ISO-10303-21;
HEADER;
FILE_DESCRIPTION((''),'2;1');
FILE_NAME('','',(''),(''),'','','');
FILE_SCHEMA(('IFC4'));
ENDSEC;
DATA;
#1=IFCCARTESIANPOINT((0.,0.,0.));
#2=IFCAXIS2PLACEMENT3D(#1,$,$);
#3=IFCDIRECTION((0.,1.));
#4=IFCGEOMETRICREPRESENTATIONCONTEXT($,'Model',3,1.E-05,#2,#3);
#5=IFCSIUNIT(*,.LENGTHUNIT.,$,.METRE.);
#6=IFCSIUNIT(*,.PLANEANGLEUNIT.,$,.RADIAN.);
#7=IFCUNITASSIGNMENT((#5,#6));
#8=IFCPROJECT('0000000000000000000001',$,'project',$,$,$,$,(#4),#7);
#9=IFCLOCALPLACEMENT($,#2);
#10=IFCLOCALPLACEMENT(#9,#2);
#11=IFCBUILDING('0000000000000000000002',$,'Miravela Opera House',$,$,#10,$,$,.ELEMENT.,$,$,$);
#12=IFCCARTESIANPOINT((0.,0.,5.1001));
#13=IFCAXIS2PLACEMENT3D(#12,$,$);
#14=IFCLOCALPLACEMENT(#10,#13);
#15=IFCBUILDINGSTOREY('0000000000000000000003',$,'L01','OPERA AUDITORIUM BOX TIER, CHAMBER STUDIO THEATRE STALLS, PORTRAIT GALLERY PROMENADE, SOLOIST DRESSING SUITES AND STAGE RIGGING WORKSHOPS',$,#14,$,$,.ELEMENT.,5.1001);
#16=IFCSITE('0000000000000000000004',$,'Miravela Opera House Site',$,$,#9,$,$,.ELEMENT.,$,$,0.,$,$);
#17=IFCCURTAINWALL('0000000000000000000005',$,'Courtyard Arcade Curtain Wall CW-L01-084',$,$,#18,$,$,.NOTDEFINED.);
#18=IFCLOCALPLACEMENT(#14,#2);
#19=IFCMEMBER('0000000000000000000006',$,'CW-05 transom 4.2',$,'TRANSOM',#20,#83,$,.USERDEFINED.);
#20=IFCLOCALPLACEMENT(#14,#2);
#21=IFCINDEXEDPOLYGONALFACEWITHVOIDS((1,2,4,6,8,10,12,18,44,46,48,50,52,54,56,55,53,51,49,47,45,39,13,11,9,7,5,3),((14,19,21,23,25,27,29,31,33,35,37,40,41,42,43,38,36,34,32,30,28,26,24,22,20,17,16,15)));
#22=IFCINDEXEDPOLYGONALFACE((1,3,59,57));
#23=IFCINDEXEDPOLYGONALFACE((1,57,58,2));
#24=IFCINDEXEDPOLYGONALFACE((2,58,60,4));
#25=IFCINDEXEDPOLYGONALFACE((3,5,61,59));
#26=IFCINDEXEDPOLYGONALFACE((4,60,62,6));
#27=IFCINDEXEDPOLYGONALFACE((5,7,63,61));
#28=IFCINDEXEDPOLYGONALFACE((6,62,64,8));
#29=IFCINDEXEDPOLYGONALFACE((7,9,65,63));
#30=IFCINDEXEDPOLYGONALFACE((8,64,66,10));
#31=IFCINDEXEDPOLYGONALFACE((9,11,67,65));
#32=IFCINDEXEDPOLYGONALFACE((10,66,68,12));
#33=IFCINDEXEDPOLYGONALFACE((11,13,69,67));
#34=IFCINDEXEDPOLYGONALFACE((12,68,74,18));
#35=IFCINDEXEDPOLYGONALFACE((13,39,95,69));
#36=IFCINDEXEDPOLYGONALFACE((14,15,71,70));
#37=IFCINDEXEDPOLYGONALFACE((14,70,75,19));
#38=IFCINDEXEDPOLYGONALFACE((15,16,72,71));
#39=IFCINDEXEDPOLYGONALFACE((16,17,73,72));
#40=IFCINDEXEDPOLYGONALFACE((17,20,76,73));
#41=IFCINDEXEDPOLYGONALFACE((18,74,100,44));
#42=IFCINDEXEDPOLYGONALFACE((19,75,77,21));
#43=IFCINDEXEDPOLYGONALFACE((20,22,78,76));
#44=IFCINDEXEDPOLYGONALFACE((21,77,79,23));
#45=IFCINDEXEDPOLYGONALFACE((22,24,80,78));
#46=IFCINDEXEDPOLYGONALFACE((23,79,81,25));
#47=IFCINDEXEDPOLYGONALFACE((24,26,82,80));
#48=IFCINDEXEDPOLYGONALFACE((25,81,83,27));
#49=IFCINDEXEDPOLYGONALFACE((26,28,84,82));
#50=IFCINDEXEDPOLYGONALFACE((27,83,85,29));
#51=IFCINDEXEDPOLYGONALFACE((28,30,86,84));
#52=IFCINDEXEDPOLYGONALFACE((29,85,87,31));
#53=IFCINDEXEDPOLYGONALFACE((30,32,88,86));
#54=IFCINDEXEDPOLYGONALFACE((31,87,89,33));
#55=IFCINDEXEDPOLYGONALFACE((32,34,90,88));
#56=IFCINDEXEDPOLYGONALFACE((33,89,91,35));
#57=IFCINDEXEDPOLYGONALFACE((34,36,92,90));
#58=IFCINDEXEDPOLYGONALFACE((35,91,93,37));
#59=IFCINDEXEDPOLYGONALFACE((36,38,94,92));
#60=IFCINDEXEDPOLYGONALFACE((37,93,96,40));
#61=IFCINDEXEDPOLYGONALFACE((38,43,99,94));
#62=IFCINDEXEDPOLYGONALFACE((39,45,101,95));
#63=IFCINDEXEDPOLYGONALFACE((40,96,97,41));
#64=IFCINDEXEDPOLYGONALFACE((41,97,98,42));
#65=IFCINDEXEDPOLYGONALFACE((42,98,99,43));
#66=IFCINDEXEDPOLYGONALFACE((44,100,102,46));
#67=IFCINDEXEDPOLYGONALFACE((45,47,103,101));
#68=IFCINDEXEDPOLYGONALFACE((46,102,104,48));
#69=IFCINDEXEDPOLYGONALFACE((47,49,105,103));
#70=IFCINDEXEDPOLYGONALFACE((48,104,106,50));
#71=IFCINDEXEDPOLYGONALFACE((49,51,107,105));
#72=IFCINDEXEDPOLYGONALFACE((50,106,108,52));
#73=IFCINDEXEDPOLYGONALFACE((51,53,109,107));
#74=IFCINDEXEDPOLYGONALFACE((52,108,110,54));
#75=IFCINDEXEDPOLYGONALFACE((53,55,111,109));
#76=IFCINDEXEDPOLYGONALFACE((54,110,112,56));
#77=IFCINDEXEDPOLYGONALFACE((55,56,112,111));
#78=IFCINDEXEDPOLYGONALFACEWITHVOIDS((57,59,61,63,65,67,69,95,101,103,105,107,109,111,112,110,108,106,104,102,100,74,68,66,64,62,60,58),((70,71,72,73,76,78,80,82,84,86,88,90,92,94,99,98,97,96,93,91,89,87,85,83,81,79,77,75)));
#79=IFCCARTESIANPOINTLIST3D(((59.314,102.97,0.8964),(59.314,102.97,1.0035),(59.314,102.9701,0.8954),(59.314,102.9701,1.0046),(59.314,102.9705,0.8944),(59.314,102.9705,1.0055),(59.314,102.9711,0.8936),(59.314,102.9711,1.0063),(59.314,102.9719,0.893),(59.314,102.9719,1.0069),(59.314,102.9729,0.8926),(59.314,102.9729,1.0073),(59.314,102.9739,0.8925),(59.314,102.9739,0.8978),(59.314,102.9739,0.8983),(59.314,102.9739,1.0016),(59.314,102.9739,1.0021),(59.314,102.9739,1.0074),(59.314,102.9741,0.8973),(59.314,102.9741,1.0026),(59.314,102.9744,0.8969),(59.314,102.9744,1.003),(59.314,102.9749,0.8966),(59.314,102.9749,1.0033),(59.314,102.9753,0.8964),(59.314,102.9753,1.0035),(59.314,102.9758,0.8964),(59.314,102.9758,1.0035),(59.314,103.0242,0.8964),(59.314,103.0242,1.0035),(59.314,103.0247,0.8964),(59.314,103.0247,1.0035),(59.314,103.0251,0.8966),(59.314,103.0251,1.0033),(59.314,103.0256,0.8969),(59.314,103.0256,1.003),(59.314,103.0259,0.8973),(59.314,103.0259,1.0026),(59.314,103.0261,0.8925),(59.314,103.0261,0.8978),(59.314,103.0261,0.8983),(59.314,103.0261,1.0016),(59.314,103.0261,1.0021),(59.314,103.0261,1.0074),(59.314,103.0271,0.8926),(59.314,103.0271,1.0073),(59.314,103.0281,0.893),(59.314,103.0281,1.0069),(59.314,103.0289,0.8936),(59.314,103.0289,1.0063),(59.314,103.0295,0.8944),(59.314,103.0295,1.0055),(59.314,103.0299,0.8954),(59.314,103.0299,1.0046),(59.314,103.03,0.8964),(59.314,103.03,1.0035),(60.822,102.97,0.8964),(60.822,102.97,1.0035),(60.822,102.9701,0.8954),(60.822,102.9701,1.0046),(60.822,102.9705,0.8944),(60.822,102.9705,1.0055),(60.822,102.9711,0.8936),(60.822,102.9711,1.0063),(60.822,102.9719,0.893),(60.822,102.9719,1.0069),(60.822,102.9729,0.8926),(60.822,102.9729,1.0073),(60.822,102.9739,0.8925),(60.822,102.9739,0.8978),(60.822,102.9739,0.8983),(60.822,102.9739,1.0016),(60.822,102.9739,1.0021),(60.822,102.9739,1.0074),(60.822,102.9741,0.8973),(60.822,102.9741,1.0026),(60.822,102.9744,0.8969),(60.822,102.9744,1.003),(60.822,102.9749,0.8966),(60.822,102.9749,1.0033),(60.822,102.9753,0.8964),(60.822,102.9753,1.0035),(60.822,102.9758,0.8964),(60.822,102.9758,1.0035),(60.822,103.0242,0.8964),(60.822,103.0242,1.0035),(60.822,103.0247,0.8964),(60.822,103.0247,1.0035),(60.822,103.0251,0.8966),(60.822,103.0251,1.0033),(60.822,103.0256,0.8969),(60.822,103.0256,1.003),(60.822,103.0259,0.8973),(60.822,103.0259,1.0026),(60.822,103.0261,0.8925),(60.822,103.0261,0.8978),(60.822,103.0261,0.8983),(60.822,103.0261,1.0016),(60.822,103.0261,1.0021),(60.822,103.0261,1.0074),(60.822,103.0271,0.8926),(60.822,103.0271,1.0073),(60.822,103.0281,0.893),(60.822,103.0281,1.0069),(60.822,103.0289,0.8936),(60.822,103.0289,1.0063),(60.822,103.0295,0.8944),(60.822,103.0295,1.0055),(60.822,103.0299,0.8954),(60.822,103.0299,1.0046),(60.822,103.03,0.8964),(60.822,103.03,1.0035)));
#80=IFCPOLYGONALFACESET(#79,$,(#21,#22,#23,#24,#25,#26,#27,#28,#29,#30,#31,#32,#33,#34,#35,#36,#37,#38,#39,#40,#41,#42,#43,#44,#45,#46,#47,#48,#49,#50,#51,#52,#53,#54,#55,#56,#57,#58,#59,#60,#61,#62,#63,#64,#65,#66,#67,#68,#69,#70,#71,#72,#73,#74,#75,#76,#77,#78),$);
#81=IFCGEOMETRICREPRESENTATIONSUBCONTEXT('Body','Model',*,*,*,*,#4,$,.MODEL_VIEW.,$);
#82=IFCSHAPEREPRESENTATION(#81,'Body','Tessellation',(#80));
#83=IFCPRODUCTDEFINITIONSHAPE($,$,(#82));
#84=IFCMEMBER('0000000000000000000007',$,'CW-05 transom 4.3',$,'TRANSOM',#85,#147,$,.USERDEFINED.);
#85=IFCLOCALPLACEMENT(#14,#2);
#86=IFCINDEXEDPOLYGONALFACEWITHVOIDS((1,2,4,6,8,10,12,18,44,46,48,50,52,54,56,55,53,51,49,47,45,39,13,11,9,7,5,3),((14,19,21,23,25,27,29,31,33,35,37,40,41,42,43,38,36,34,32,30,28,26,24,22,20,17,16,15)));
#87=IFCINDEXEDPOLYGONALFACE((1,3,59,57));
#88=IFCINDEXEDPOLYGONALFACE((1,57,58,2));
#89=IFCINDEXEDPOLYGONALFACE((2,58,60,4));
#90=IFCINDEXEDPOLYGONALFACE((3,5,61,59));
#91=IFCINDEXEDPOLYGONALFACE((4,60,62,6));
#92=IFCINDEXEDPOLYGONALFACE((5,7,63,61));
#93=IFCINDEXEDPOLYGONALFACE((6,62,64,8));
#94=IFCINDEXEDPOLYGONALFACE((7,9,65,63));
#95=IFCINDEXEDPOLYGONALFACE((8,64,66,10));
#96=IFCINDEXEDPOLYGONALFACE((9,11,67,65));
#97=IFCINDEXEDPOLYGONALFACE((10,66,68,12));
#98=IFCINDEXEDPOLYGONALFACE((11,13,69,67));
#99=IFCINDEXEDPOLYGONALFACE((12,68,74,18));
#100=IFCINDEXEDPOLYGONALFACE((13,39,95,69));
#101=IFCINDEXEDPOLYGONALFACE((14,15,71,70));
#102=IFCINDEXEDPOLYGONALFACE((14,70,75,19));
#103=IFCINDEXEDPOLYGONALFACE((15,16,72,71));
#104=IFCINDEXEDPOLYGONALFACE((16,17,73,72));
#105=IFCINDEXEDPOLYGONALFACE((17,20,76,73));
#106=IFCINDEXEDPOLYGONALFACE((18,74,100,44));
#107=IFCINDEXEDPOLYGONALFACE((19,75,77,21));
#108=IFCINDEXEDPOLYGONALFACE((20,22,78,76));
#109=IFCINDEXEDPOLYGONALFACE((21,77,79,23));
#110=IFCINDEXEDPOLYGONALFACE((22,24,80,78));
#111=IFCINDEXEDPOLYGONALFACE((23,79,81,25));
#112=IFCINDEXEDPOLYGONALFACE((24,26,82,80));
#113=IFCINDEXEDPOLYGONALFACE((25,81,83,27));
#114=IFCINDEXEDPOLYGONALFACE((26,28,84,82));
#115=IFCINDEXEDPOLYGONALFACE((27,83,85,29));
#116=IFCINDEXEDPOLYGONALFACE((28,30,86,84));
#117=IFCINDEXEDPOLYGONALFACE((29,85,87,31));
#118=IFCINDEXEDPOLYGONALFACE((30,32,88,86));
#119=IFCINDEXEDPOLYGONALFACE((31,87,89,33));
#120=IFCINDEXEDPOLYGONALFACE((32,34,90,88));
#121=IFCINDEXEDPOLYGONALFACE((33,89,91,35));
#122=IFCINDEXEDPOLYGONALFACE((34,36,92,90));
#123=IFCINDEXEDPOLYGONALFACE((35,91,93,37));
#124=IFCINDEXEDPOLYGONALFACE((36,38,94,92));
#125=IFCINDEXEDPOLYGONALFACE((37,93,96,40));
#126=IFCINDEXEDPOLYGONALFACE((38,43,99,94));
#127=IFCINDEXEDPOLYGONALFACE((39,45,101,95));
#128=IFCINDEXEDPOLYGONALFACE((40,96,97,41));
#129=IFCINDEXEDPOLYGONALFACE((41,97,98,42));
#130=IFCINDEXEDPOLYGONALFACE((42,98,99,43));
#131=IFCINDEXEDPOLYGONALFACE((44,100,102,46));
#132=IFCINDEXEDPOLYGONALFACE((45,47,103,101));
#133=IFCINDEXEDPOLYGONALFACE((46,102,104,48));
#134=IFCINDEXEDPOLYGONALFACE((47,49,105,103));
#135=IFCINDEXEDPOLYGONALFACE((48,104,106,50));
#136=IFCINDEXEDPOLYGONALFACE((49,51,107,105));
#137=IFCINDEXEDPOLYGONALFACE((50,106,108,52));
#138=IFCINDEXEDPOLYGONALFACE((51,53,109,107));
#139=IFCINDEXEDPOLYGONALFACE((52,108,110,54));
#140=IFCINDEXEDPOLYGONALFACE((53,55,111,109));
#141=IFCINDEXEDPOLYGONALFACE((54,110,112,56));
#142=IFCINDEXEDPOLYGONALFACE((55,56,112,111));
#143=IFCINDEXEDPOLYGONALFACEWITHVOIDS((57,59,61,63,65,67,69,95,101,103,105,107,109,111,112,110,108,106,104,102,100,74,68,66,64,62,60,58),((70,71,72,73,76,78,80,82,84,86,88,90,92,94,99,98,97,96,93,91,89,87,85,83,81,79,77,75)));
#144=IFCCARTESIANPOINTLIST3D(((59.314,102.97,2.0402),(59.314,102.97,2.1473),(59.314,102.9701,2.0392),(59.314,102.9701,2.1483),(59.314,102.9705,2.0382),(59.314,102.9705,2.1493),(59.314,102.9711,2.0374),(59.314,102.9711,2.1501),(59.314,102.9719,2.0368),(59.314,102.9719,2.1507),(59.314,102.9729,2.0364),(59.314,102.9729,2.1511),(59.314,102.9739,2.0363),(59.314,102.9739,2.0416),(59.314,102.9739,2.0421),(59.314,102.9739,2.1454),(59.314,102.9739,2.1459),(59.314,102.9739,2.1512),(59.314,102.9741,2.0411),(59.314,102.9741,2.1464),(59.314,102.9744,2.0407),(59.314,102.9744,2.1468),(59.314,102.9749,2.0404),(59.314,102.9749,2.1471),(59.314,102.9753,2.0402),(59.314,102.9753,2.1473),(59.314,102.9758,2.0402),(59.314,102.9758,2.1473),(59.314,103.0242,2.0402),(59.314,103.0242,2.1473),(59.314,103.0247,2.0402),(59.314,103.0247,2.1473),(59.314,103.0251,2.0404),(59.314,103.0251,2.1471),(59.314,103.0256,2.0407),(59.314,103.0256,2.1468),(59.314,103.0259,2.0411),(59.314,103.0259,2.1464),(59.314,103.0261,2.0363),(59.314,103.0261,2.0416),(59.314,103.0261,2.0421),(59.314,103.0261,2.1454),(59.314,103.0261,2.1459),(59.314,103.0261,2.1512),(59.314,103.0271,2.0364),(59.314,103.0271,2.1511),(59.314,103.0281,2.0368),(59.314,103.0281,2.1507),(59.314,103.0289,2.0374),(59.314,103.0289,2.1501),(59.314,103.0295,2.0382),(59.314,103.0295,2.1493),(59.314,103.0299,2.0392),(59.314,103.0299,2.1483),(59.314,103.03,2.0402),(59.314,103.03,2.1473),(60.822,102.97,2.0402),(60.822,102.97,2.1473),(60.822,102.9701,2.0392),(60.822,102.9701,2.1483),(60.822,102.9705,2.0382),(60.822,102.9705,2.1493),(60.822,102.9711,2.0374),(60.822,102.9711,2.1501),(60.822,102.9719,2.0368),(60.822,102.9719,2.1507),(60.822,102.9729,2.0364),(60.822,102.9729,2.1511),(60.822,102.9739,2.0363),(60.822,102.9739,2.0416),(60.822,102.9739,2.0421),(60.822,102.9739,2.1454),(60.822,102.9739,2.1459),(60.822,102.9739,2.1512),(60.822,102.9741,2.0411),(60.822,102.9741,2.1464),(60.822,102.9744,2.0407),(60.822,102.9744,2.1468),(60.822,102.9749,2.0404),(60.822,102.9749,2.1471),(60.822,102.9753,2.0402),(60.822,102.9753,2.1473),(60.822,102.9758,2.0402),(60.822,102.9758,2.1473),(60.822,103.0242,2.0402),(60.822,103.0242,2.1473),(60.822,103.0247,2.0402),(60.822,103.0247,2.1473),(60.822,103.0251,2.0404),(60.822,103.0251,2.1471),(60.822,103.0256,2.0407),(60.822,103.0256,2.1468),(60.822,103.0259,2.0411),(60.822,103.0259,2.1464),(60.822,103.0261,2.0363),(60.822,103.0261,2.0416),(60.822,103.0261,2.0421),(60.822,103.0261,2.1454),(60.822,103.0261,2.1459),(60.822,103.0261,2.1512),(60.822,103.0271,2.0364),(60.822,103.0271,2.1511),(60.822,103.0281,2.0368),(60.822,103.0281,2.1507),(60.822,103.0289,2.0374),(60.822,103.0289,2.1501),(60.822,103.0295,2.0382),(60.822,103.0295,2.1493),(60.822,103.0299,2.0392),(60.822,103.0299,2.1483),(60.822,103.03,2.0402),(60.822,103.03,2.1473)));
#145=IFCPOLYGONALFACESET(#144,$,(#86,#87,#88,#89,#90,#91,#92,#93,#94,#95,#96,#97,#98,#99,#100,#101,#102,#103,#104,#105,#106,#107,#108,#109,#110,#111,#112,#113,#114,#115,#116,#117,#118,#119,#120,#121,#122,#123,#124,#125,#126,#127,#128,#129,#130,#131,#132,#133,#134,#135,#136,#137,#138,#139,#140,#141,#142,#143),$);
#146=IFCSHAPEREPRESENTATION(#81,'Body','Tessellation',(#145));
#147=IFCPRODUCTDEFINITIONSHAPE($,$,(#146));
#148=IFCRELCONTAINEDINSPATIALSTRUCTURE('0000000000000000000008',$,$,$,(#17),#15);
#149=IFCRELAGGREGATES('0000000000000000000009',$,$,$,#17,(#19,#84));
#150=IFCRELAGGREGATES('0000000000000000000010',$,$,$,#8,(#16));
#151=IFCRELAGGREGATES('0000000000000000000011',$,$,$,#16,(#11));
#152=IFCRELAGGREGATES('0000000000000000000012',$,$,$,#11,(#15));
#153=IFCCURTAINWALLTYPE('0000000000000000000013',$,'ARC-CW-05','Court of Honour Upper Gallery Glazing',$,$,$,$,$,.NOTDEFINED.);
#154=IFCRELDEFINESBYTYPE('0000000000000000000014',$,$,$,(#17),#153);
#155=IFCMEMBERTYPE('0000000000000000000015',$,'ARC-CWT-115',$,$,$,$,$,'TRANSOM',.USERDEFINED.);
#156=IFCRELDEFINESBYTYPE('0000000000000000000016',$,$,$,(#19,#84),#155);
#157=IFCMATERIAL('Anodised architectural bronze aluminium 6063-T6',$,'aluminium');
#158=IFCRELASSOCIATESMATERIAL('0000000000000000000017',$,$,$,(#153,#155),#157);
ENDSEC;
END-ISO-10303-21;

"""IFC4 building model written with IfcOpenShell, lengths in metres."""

from ifc_helpers import new_model, si_unit, direction, frame, origin, origin_2d, place, context, subcontext, project, spatial, hollow_rectangle, extrude, material, material_profile, profile_set, type_object, element, aggregate, save


model = new_model("IFC4")

# Units and contexts
model_context = context("Model", 3, precision=1e-05, world=origin(), true_north=direction((0.0, 1.0)))
body_context = subcontext(model_context, "Body", "Model", "MODEL_VIEW")
ifc_project = project(units=[si_unit("LENGTHUNIT", "METRE"), si_unit("PLANEANGLEUNIT", "RADIAN")], contexts=[model_context])

# Site, building, storey
site_placement = place(None, origin())
site = spatial("IfcSite", under=ifc_project, at=site_placement, Name="Miravela Opera House Site", CompositionType="ELEMENT", RefElevation=0.0)
building_placement = place(site_placement, origin())
building = spatial("IfcBuilding", under=site, at=building_placement, Name="Miravela Opera House", CompositionType="ELEMENT")
storey_placement = place(building_placement, frame((0.0, 0.0, 5.1001)))
storey = spatial("IfcBuildingStorey", under=building, at=storey_placement, Name="L01", Description="OPERA AUDITORIUM BOX TIER, CHAMBER STUDIO THEATRE STALLS, PORTRAIT GALLERY PROMENADE, SOLOIST DRESSING SUITES AND STAGE RIGGING WORKSHOPS", CompositionType="ELEMENT", Elevation=5.1001)

# Curtain wall, members
ifc_material_1 = material(Name="Anodised architectural bronze aluminium 6063-T6", Category="aluminium")
curtain_wall_type = type_object("IfcCurtainWallType", Name="ARC-CW-05", Description="Court of Honour Upper Gallery Glazing", PredefinedType="NOTDEFINED", material=ifc_material_1)
curtain_wall_placement = place(storey_placement, origin())
curtain_wall = element("IfcCurtainWall", 1, at=curtain_wall_placement, inside=storey, type_object=curtain_wall_type, Name="Courtyard Arcade Curtain Wall CW-L01-084", PredefinedType="NOTDEFINED")
ifc_material_profile_1 = material_profile(ifc_material_1, hollow_rectangle(XDim=0.0601, YDim=0.115, WallThickness=0.0039, InnerFilletRadius=0.002, OuterFilletRadius=0.0039, at=origin_2d()), Name="CWT-60X115")
ifc_profile_set_1 = profile_set([ifc_material_profile_1])
member_type_1 = type_object("IfcMemberType", Name="ARC-CWT-115", ElementType="TRANSOM", PredefinedType="USERDEFINED", material=ifc_profile_set_1)
member_1_placement = place(storey_placement, frame((59.314, 103.0, 0.95), z_axis=(1.0, 0.0, 0.0), x_axis=(0.0, 1.0, 0.0)))
member_1 = element("IfcMember", 2, at=member_1_placement, type_object=member_type_1, Name="CW-05 transom 4.2", ObjectType="TRANSOM", PredefinedType="USERDEFINED", context=body_context, shape_type="SweptSolid", body=[
    extrude(hollow_rectangle(XDim=0.0601, YDim=0.115, WallThickness=0.0039, InnerFilletRadius=0.002, OuterFilletRadius=0.0039, at=origin_2d()), origin(), (0.0, 0.0, 1.0), 1.5081),
])
member_2_placement = place(storey_placement, frame((59.314, 103.0, 2.0938), z_axis=(1.0, 0.0, 0.0), x_axis=(0.0, 1.0, 0.0)))
member_2 = element("IfcMember", 3, at=member_2_placement, type_object=member_type_1, Name="CW-05 transom 4.3", ObjectType="TRANSOM", PredefinedType="USERDEFINED", context=body_context, shape_type="SweptSolid", body=[
    extrude(hollow_rectangle(XDim=0.0601, YDim=0.115, WallThickness=0.0039, InnerFilletRadius=0.002, OuterFilletRadius=0.0039, at=origin_2d()), origin(), (0.0, 0.0, 1.0), 1.5081),
])

aggregate(curtain_wall, [member_1, member_2])

save(model, "model.ifc")
